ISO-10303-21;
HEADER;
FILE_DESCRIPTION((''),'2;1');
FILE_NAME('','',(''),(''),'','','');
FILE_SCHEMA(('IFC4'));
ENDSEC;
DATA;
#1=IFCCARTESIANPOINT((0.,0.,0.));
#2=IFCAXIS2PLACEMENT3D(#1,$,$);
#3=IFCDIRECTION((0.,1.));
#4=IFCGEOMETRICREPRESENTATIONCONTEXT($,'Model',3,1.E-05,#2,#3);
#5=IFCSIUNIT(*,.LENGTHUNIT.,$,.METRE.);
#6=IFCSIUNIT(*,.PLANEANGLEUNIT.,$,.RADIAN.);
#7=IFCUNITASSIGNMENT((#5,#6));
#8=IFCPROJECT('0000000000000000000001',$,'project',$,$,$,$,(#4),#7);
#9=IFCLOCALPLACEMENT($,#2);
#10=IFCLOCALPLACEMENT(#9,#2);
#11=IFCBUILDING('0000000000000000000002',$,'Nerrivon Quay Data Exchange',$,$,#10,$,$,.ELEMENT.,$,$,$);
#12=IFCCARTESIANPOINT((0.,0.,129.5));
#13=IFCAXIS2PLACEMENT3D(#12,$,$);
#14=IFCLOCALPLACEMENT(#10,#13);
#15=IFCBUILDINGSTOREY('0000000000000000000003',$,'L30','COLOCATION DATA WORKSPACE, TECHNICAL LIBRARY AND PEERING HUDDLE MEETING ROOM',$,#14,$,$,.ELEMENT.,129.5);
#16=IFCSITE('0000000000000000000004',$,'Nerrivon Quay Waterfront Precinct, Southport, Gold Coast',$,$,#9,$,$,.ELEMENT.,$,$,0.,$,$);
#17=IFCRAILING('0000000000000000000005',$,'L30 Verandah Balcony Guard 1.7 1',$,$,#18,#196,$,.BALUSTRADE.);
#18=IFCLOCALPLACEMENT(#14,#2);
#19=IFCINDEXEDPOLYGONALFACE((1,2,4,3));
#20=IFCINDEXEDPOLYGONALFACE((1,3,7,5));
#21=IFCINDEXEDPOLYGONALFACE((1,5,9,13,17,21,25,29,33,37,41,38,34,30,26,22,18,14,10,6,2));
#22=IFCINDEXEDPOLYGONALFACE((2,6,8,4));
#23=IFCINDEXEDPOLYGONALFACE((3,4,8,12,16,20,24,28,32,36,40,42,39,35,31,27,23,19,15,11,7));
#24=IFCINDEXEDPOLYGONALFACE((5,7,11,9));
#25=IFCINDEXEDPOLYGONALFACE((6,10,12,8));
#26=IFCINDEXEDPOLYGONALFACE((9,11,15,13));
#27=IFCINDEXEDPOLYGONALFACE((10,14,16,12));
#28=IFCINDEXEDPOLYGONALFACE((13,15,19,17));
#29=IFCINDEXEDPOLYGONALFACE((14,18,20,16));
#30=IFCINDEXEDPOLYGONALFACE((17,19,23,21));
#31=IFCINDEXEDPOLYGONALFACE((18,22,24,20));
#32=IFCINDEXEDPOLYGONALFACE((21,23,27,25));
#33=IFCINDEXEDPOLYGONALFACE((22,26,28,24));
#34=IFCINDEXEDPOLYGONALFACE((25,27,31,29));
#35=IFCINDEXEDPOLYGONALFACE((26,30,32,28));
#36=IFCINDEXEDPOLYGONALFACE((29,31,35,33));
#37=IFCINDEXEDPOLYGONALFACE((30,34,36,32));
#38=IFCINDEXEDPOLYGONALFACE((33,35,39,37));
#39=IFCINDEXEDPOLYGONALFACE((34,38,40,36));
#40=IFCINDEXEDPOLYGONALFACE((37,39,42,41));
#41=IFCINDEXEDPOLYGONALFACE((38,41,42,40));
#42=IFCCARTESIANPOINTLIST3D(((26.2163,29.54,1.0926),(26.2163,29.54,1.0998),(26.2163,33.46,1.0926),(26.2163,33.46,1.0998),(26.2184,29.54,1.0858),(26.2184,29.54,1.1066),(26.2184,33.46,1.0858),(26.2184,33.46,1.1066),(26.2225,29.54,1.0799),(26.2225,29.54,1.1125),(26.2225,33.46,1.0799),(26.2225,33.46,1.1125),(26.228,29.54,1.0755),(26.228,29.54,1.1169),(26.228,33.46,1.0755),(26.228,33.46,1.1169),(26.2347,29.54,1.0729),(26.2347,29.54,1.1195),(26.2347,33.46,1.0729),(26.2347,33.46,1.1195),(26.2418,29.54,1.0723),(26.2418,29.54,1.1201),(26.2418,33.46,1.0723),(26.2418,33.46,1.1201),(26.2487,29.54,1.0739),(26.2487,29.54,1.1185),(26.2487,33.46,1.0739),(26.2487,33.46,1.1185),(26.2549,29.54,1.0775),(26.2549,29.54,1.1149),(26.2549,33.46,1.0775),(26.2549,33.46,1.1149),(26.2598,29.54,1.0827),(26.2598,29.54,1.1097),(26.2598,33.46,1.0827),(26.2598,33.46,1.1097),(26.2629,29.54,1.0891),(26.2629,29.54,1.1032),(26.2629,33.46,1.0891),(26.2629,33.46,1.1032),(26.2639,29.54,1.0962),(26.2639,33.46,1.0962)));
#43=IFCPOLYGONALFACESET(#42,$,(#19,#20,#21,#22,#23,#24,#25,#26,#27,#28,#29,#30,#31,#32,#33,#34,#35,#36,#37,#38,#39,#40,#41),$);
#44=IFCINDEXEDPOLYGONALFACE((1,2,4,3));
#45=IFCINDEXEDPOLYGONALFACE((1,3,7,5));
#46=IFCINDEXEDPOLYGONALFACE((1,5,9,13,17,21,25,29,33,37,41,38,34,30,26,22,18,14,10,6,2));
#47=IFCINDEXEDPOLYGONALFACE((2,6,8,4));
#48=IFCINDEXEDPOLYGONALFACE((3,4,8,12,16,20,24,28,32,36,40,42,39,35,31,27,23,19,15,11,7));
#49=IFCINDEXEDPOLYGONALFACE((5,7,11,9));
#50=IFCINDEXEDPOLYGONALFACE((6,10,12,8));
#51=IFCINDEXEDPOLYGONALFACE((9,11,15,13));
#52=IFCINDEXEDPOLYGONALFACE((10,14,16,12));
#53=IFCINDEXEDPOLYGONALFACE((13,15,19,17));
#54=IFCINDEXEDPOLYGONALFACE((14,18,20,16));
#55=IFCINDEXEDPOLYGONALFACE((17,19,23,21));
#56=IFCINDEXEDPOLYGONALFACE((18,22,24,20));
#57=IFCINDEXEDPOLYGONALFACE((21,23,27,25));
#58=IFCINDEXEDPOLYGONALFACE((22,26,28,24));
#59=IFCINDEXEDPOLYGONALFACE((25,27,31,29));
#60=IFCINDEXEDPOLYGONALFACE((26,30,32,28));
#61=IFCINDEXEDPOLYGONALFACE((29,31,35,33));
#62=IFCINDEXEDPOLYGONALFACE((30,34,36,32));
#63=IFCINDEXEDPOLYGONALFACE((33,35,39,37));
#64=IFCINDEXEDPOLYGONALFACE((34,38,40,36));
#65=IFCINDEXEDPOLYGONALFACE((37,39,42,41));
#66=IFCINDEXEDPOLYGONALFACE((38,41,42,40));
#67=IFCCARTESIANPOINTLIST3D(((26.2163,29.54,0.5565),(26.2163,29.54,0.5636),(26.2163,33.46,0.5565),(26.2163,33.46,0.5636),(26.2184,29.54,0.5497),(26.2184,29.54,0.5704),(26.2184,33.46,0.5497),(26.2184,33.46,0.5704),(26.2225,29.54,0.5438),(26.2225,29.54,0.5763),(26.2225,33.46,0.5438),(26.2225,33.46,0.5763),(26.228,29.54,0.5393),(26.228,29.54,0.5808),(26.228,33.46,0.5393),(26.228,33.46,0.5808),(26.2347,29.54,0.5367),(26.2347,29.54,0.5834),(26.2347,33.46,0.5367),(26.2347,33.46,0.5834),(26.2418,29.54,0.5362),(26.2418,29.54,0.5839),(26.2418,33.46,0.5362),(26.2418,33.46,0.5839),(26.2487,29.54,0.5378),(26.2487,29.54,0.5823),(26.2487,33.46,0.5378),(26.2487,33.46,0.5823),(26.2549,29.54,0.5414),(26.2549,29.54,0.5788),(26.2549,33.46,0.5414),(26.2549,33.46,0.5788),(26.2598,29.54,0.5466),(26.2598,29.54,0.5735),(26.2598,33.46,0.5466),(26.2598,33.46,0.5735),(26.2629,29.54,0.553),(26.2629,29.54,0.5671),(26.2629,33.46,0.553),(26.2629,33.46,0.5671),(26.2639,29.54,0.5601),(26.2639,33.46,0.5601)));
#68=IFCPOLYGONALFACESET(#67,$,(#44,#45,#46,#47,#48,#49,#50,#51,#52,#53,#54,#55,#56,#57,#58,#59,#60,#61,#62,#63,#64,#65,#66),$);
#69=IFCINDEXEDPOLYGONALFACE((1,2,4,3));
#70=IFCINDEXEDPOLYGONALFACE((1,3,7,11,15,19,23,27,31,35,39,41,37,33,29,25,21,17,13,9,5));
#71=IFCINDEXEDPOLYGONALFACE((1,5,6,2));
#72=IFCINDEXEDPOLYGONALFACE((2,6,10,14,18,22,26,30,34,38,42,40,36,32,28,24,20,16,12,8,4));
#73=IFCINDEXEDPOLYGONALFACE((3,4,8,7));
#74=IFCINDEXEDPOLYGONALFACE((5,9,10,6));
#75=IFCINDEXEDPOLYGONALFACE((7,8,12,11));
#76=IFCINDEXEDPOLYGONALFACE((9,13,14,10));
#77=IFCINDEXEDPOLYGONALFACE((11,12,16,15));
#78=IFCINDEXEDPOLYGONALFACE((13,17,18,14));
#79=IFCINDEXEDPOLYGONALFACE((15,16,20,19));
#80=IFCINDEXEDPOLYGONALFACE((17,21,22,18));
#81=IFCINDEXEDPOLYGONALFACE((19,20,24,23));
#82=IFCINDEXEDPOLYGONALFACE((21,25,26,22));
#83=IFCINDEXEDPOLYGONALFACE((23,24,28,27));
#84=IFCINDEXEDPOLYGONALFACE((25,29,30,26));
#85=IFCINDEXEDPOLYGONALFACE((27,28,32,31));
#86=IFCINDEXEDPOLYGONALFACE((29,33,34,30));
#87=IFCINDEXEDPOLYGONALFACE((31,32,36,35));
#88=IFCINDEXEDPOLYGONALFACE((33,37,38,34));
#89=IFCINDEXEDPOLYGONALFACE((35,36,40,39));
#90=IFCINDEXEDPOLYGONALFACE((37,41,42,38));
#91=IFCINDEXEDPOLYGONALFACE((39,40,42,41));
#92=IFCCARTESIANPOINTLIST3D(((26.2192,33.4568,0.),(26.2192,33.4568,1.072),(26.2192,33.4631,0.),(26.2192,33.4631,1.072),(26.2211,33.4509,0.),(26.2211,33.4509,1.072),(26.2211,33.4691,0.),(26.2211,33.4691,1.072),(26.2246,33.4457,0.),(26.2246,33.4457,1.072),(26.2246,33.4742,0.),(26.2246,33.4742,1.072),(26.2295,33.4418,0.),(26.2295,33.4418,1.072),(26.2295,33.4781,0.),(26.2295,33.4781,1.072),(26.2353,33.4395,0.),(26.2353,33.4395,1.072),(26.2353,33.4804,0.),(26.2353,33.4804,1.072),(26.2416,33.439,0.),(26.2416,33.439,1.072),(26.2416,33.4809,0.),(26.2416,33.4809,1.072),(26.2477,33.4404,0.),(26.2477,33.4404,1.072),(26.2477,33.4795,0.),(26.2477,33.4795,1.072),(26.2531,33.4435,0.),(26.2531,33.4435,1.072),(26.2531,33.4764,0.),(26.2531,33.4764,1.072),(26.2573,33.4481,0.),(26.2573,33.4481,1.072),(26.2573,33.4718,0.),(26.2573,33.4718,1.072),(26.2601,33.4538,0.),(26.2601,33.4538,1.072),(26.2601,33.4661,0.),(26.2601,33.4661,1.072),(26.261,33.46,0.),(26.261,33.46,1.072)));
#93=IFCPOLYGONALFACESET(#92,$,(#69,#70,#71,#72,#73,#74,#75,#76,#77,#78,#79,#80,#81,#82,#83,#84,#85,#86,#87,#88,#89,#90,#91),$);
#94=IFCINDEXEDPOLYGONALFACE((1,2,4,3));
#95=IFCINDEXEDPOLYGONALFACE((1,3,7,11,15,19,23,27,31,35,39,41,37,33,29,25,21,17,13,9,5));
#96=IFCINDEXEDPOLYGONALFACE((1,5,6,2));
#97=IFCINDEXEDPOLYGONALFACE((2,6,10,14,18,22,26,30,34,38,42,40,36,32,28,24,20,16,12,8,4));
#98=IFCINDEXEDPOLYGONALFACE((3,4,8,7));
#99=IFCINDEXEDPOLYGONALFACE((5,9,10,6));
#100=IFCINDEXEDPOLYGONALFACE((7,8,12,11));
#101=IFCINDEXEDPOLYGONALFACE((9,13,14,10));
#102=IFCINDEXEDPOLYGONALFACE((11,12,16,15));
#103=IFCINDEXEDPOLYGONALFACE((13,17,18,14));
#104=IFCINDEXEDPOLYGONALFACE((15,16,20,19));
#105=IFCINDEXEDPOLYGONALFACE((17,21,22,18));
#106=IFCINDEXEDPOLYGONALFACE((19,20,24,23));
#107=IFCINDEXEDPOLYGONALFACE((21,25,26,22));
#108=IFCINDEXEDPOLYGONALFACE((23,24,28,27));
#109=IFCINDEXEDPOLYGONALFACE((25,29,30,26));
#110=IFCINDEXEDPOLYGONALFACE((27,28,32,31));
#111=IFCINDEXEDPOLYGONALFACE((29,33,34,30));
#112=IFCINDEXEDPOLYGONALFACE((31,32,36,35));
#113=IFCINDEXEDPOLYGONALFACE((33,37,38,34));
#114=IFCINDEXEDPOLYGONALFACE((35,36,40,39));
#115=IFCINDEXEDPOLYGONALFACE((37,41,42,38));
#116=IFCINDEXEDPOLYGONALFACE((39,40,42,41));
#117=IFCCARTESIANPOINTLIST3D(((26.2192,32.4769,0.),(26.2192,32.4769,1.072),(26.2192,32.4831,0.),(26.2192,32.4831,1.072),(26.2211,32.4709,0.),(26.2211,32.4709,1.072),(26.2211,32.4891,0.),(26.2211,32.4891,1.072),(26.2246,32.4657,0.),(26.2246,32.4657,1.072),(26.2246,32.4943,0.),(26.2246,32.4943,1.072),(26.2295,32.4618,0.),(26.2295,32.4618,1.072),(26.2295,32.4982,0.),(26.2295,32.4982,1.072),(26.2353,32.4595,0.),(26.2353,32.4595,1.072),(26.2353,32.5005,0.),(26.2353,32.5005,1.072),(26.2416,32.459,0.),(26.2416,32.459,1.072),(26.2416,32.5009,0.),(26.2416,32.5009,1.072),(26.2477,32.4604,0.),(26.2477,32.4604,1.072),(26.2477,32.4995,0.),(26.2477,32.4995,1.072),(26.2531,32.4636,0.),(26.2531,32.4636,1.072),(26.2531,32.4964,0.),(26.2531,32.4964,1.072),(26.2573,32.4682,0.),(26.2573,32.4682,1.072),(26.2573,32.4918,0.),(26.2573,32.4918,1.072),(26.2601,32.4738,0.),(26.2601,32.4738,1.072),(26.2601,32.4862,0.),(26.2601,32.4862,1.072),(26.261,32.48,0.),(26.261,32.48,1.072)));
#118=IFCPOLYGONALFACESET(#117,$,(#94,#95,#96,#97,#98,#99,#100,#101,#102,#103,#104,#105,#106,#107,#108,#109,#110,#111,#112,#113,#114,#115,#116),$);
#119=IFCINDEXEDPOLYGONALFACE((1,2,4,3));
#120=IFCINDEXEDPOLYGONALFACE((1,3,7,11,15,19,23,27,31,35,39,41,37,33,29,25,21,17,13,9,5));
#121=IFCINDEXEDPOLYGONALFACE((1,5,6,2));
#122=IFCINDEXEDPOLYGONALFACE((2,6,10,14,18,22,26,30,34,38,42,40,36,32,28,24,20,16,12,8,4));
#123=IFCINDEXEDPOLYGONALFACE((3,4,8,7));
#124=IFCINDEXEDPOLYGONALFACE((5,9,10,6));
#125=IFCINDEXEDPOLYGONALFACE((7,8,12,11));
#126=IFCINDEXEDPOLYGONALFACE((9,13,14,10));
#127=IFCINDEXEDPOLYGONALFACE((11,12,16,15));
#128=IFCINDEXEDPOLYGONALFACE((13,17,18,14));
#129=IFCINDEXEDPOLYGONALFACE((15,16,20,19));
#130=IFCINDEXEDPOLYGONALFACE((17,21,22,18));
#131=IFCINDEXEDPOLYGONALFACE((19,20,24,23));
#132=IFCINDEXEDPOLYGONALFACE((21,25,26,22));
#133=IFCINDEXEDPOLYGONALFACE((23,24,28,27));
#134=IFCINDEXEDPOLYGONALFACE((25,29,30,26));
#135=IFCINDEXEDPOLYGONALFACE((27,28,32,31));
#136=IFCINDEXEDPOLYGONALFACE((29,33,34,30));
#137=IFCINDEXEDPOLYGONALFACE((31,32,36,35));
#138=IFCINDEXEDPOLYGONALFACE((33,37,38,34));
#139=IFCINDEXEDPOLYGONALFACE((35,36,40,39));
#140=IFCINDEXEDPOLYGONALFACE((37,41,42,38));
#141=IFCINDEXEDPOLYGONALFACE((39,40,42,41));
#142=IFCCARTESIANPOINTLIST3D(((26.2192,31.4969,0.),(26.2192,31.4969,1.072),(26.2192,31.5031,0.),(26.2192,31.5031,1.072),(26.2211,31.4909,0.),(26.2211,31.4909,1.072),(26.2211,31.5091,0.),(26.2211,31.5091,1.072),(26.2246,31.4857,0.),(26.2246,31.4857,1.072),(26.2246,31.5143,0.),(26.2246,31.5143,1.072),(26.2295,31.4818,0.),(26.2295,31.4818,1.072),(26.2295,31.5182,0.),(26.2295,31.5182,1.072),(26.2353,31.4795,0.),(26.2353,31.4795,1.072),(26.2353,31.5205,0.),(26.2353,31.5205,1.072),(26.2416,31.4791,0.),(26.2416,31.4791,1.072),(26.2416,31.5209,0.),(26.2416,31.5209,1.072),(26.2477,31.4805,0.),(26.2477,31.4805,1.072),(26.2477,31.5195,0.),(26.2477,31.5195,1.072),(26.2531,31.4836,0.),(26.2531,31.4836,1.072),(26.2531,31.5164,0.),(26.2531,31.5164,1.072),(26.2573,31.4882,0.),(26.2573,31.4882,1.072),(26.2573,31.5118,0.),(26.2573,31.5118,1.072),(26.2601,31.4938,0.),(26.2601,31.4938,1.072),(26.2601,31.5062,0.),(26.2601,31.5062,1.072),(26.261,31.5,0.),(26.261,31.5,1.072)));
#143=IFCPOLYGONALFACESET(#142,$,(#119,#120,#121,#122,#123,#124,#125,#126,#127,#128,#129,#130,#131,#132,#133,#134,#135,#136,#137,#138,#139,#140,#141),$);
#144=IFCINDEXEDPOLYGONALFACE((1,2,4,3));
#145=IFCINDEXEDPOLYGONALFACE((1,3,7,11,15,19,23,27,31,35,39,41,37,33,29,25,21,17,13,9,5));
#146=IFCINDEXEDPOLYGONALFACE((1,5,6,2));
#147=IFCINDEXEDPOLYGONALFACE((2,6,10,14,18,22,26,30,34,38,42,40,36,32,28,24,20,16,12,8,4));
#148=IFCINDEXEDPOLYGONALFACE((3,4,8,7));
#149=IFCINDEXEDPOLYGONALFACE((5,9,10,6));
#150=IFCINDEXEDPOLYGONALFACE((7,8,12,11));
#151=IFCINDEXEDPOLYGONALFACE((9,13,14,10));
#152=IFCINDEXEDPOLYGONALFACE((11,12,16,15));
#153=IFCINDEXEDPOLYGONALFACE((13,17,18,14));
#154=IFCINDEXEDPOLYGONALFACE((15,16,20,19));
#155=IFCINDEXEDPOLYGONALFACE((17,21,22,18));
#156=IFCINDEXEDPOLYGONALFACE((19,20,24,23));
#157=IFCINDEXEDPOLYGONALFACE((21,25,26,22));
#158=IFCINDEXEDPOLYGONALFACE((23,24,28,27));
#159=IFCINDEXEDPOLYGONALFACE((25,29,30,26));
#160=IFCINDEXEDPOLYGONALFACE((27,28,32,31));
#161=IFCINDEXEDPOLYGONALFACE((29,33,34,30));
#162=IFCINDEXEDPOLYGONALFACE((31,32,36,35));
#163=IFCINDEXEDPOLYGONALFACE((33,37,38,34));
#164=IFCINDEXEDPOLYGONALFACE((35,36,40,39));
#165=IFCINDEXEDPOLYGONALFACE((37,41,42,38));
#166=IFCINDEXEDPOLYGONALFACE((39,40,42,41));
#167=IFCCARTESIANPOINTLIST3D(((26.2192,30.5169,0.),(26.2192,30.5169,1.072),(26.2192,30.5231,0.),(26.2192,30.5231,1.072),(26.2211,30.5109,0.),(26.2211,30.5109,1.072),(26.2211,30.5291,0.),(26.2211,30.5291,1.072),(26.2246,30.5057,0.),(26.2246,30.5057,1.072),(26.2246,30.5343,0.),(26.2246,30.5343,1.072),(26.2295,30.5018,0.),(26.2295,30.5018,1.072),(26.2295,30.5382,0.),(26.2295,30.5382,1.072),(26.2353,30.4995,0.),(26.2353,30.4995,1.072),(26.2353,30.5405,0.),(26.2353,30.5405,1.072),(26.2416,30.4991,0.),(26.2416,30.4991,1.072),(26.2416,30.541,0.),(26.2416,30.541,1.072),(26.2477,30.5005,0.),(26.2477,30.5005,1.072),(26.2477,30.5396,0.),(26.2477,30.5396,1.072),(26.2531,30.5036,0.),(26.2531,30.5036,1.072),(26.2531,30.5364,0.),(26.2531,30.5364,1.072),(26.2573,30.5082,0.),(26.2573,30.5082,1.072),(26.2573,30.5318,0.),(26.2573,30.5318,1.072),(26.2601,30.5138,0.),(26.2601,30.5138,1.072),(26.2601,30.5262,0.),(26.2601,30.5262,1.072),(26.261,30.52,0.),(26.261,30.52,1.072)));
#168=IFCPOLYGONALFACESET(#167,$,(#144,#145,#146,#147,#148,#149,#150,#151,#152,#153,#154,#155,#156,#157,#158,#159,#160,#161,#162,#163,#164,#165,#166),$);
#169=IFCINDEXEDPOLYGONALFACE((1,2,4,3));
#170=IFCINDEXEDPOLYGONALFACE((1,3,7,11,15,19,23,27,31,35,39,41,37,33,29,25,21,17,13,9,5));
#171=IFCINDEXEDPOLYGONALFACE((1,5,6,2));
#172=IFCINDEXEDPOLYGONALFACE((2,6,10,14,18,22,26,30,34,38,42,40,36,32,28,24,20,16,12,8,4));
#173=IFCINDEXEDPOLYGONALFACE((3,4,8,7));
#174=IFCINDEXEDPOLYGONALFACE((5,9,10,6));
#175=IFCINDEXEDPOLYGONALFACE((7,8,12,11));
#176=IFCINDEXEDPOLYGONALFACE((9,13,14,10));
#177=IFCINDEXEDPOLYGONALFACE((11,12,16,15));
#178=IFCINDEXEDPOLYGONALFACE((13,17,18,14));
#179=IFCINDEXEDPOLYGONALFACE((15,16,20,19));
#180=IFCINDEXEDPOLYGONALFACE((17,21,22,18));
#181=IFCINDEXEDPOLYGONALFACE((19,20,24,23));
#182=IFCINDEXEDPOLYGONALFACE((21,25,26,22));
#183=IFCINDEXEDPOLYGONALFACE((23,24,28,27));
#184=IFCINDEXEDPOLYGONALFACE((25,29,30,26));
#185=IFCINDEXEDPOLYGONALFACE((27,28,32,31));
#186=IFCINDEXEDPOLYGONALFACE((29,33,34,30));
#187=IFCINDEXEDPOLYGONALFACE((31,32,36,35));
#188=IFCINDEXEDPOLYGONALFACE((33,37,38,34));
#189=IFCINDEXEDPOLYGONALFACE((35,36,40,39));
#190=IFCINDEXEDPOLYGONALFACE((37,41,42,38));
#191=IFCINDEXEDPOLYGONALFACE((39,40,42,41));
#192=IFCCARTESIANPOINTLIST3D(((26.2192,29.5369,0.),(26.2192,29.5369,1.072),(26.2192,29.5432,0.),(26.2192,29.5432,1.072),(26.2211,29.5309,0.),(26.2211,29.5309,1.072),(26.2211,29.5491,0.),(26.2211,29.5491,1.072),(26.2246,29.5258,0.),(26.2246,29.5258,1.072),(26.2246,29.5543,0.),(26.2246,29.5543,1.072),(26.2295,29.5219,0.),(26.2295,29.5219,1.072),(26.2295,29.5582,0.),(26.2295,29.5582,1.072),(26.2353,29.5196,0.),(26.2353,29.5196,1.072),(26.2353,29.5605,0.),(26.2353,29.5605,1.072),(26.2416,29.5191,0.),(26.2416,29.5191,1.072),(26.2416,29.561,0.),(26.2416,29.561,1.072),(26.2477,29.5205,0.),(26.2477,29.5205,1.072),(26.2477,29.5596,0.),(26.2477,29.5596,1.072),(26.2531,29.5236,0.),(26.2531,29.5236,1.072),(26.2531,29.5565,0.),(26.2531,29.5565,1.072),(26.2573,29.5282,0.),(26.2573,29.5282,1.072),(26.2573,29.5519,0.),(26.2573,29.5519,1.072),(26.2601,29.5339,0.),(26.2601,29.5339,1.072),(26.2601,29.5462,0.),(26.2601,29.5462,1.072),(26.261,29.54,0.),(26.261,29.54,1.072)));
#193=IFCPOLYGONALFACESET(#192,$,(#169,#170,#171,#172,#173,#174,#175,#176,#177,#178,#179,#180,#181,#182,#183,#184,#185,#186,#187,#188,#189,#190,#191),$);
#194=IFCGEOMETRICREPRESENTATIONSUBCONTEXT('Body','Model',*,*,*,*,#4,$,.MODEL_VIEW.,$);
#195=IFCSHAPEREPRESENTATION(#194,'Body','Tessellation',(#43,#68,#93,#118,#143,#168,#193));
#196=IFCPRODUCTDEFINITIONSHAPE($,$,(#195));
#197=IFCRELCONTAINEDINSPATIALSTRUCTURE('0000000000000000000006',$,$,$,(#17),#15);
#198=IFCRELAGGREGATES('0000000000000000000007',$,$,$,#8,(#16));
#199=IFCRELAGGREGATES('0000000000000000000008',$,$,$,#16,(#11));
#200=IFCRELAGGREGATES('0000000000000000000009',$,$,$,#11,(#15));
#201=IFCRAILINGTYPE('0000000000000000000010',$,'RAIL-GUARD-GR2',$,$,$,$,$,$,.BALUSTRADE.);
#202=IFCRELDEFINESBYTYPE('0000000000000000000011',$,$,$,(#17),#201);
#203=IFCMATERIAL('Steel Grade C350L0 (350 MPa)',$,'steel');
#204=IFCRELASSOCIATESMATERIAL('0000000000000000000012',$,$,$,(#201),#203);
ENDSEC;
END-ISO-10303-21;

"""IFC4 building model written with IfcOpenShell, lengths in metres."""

from ifc_helpers import new_model, si_unit, direction, frame, origin, origin_2d, place, context, subcontext, project, spatial, circle, extrude, material, type_object, element, save


model = new_model("IFC4")

# Units and contexts
model_context = context("Model", 3, precision=1e-05, world=origin(), true_north=direction((0.0, 1.0)))
body_context = subcontext(model_context, "Body", "Model", "MODEL_VIEW")
ifc_project = project(units=[si_unit("LENGTHUNIT", "METRE"), si_unit("PLANEANGLEUNIT", "RADIAN")], contexts=[model_context])

# Site, building, storey
site_placement = place(None, origin())
site = spatial("IfcSite", under=ifc_project, at=site_placement, Name="Nerrivon Quay Waterfront Precinct, Southport, Gold Coast", CompositionType="ELEMENT", RefElevation=0.0)
building_placement = place(site_placement, origin())
building = spatial("IfcBuilding", under=site, at=building_placement, Name="Nerrivon Quay Data Exchange", CompositionType="ELEMENT")
storey_placement = place(building_placement, frame((0.0, 0.0, 129.5)))
storey = spatial("IfcBuildingStorey", under=building, at=storey_placement, Name="L30", Description="COLOCATION DATA WORKSPACE, TECHNICAL LIBRARY AND PEERING HUDDLE MEETING ROOM", CompositionType="ELEMENT", Elevation=129.5)

# Railing
ifc_material_1 = material(Name="Steel Grade C350L0 (350 MPa)", Category="steel")
railing_type = type_object("IfcRailingType", Name="RAIL-GUARD-GR2", PredefinedType="BALUSTRADE", material=ifc_material_1)
railing_1_placement = place(storey_placement, frame((26.24, 33.46, 0.0)))
element("IfcRailing", 1, at=railing_1_placement, inside=storey, type_object=railing_type, Name="L30 Verandah Balcony Guard 1.7 1", PredefinedType="BALUSTRADE", context=body_context, shape_type="SweptSolid", body=[
    extrude(circle(Radius=0.0239, at=origin_2d()), frame((0.0, 0.0, 1.0962), z_axis=(0.0, -1.0, 0.0), x_axis=(1.0, 0.0, 0.0)), (0.0, 0.0, 1.0), 3.9199),
    extrude(circle(Radius=0.0239, at=origin_2d()), frame((0.0, 0.0, 0.5601), z_axis=(0.0, -1.0, 0.0), x_axis=(1.0, 0.0, 0.0)), (0.0, 0.0, 1.0), 3.9199),
    extrude(circle(Radius=0.021, at=origin_2d()), origin(), (0.0, 0.0, 1.0), 1.072),
    extrude(circle(Radius=0.021, at=origin_2d()), frame((0.0, -0.98, 0.0)), (0.0, 0.0, 1.0), 1.072),
    extrude(circle(Radius=0.021, at=origin_2d()), frame((0.0, -1.96, 0.0)), (0.0, 0.0, 1.0), 1.072),
    extrude(circle(Radius=0.021, at=origin_2d()), frame((0.0, -2.9399, 0.0)), (0.0, 0.0, 1.0), 1.072),
    extrude(circle(Radius=0.021, at=origin_2d()), frame((0.0, -3.9199, 0.0)), (0.0, 0.0, 1.0), 1.072),
])

save(model, "model.ifc")
